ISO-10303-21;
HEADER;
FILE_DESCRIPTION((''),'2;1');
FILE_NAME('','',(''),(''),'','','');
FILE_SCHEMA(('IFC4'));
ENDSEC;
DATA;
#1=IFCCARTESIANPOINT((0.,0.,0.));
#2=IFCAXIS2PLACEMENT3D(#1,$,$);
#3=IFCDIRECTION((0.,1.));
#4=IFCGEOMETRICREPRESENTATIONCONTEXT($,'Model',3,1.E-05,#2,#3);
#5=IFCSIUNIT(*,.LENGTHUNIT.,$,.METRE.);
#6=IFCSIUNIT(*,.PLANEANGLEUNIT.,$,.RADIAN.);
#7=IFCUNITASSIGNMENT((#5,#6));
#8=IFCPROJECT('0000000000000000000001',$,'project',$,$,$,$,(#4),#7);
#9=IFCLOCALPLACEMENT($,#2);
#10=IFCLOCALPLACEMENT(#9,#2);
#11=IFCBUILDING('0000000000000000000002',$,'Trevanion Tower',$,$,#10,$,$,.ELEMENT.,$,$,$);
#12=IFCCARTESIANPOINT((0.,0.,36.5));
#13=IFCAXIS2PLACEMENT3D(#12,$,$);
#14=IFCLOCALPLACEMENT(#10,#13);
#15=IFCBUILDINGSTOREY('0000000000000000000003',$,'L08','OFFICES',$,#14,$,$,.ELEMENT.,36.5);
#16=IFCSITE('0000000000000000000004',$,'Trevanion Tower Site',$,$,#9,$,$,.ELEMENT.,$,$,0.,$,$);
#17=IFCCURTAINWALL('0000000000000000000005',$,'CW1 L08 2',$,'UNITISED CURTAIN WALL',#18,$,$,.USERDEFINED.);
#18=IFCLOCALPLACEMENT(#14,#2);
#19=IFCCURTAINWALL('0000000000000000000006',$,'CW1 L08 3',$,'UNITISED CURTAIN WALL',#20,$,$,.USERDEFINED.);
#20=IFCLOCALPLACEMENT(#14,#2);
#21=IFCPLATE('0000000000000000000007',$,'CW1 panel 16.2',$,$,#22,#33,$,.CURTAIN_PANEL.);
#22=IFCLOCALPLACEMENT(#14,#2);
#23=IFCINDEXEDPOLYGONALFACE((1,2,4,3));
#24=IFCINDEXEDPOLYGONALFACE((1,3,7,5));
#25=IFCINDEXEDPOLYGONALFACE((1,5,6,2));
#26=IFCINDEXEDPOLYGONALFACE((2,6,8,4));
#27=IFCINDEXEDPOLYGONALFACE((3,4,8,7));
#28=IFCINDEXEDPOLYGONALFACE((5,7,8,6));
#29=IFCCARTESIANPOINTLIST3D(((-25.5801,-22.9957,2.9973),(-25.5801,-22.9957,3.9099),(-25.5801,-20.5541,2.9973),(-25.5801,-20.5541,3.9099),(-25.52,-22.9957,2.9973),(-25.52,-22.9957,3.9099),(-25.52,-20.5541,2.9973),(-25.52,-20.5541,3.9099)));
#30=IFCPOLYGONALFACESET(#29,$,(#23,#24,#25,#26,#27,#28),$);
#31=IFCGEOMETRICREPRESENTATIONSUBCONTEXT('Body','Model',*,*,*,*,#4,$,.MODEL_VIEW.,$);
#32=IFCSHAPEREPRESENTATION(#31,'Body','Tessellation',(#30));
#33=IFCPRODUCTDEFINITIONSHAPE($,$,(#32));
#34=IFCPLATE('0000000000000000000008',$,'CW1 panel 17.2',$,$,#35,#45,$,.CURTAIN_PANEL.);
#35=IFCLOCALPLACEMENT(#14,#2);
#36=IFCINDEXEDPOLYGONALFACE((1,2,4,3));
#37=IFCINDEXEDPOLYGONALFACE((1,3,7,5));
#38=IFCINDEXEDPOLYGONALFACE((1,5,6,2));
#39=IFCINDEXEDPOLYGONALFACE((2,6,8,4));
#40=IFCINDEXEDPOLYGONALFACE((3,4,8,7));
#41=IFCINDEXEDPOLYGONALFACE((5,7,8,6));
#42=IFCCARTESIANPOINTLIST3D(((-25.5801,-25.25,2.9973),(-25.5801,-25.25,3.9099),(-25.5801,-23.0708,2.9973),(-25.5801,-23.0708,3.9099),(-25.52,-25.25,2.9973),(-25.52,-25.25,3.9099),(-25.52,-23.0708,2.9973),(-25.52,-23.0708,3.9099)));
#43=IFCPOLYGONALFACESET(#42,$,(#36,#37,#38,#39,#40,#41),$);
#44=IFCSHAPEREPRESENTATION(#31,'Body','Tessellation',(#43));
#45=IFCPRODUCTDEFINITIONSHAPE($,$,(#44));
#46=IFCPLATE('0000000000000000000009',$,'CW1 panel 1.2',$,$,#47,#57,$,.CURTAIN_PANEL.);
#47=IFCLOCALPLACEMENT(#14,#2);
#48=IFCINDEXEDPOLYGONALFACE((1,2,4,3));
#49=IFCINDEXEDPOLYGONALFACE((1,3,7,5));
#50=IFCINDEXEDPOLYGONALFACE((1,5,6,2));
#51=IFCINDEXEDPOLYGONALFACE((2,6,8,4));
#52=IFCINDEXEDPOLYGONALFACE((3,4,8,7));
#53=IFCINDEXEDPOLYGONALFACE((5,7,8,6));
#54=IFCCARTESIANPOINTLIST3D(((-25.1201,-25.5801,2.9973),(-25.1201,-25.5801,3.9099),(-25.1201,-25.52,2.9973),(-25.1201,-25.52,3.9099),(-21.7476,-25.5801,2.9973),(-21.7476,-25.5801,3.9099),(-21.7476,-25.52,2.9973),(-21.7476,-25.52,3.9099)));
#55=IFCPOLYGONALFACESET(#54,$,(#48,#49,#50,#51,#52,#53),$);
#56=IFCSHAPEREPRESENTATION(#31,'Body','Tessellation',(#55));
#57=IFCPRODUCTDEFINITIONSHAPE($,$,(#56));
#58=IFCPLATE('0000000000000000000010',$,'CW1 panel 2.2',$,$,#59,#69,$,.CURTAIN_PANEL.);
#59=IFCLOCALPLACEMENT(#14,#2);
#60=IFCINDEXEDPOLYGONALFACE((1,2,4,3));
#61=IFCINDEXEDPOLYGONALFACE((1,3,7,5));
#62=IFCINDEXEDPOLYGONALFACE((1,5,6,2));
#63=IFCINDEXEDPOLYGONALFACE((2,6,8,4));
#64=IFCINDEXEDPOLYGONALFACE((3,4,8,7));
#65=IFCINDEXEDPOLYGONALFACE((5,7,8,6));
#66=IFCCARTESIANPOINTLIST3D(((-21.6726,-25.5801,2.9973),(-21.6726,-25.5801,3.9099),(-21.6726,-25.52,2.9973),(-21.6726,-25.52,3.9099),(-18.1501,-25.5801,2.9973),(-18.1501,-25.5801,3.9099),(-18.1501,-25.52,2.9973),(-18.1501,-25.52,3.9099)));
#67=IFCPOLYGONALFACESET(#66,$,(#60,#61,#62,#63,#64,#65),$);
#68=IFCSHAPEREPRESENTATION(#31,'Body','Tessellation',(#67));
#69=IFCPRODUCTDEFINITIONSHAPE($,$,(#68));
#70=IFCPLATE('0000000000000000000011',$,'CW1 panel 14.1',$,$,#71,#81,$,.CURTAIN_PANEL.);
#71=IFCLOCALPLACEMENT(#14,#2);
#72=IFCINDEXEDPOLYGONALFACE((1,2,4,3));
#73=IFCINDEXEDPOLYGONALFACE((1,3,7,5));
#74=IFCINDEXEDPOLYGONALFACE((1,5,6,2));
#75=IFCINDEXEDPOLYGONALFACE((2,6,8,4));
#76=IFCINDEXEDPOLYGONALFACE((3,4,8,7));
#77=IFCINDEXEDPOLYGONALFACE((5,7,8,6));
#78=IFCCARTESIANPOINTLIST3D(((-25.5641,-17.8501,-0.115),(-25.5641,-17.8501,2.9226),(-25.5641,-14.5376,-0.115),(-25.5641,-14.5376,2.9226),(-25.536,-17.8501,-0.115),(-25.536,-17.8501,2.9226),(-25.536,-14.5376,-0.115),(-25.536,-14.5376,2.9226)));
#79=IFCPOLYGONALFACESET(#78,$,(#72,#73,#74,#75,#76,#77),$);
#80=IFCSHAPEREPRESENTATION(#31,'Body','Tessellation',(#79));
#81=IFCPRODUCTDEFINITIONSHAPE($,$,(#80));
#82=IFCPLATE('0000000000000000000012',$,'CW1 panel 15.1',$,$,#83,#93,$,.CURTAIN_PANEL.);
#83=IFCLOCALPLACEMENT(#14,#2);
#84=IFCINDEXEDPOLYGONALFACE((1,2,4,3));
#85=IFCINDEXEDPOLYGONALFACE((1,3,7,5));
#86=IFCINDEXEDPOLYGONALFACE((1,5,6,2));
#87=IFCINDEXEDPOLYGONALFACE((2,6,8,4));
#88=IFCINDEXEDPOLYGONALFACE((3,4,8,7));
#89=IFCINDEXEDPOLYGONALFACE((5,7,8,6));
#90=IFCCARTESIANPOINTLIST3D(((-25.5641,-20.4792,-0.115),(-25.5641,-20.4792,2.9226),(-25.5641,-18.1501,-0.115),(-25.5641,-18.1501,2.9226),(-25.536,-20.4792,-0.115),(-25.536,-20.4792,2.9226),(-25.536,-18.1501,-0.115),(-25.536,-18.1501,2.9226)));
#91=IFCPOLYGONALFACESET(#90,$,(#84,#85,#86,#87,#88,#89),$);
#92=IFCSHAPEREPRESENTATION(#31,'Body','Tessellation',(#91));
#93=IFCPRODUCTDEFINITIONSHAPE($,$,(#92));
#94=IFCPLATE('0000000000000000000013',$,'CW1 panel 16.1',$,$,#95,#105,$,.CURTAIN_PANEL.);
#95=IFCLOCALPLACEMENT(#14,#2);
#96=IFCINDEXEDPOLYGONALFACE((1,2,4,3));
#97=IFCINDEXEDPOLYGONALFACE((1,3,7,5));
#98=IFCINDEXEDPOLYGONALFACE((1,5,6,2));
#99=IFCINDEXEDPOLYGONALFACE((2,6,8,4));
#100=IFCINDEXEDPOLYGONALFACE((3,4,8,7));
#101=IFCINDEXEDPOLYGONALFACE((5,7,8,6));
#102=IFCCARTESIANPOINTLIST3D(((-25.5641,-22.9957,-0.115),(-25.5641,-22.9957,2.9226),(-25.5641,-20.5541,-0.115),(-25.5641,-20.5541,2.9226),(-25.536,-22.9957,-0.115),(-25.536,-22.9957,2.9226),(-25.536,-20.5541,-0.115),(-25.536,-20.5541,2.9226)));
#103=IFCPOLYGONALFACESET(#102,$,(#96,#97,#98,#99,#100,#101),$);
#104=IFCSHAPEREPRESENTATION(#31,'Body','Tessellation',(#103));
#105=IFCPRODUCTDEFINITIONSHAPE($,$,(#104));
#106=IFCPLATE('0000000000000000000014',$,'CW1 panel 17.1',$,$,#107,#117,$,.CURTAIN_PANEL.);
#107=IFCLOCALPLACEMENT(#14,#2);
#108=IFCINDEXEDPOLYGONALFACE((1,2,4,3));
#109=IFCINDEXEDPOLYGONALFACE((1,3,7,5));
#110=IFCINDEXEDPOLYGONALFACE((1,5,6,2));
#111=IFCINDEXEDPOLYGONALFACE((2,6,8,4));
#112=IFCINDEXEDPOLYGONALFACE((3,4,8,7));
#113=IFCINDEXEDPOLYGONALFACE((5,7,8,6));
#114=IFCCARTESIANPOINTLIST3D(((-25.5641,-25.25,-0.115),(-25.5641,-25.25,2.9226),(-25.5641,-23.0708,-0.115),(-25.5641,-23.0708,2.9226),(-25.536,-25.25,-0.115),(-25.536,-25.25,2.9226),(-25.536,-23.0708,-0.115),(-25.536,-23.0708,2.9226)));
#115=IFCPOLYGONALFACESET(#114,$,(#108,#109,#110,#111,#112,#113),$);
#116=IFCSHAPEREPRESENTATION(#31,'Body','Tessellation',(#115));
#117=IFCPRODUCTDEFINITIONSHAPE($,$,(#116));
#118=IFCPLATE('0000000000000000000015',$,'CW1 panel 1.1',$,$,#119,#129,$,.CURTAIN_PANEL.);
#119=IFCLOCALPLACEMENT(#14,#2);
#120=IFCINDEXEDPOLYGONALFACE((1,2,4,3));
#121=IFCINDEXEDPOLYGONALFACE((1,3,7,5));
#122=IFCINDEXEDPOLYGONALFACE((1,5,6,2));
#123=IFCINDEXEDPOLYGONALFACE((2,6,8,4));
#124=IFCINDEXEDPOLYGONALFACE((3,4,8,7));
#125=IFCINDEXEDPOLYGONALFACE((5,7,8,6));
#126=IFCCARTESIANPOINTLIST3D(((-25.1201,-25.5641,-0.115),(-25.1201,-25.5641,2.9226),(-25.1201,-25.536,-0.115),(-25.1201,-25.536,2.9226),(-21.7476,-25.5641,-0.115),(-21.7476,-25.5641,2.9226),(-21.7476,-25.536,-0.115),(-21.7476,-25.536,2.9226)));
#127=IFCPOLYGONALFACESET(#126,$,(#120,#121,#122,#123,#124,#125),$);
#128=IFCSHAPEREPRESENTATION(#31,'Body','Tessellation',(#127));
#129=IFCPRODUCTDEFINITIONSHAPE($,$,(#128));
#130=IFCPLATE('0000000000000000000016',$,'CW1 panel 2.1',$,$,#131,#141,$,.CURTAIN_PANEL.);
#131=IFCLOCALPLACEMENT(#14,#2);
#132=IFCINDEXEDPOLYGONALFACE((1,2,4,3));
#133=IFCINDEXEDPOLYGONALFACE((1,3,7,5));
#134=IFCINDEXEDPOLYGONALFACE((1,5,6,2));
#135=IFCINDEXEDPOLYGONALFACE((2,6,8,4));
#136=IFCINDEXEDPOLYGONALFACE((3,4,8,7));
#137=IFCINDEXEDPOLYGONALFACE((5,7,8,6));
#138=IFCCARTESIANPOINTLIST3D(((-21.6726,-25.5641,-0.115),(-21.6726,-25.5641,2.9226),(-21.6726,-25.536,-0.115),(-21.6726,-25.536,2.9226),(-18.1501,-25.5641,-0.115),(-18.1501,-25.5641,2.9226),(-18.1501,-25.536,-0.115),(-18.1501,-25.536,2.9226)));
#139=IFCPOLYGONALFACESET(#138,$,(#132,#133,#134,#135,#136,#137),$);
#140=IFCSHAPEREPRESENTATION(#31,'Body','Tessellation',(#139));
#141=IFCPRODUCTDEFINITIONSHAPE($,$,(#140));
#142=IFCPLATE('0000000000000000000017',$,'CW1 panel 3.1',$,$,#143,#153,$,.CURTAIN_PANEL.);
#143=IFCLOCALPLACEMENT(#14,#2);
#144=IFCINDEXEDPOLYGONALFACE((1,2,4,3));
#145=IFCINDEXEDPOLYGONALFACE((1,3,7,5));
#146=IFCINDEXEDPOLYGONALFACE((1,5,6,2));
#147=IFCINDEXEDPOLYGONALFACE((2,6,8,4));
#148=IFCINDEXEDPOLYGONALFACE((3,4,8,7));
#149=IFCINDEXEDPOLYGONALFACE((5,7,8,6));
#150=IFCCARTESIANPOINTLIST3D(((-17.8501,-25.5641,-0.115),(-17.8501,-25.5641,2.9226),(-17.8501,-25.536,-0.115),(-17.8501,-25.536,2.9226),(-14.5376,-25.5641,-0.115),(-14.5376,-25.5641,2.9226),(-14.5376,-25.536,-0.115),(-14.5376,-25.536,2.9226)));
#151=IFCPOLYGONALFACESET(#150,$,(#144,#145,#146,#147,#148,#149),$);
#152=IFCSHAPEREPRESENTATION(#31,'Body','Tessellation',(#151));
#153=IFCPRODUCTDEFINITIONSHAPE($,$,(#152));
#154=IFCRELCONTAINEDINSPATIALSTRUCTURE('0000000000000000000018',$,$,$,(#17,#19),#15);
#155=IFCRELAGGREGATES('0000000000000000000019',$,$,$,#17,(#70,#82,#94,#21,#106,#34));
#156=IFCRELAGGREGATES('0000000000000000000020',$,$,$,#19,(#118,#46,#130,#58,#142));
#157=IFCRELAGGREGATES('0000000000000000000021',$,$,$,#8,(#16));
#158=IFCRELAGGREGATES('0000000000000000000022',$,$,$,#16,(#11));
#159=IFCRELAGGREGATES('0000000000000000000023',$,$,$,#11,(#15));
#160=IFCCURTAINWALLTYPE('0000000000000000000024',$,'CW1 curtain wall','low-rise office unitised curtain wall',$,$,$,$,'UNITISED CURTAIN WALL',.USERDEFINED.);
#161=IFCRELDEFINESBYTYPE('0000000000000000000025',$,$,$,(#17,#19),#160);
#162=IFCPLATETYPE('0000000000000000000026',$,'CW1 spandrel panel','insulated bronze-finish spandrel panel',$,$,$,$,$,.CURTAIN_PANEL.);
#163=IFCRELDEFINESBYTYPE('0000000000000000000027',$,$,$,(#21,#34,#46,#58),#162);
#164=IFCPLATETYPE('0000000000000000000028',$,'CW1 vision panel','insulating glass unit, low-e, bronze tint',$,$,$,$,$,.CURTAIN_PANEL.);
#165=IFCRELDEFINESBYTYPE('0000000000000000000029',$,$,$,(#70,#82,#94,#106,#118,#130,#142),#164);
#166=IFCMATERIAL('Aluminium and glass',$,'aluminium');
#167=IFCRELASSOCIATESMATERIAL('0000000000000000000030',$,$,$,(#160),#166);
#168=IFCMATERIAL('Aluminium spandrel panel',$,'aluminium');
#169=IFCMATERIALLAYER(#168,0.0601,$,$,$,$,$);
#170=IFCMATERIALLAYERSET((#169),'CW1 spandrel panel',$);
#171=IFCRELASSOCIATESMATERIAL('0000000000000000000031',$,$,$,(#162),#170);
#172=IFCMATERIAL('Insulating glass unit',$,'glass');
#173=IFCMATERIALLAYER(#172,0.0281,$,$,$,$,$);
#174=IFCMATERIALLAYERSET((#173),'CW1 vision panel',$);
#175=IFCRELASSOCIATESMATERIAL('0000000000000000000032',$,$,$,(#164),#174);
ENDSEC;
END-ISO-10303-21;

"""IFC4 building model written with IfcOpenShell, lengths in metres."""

from ifc_helpers import new_model, si_unit, direction, frame, origin, origin_2d, place, context, subcontext, project, spatial, rectangle, extrude, material, layer, layer_set, type_object, element, aggregate, save


model = new_model("IFC4")

# Units and contexts
model_context = context("Model", 3, precision=1e-05, world=origin(), true_north=direction((0.0, 1.0)))
body_context = subcontext(model_context, "Body", "Model", "MODEL_VIEW")
ifc_project = project(units=[si_unit("LENGTHUNIT", "METRE"), si_unit("PLANEANGLEUNIT", "RADIAN")], contexts=[model_context])

# Site, building, storey
site_placement = place(None, origin())
site = spatial("IfcSite", under=ifc_project, at=site_placement, Name="Trevanion Tower Site", CompositionType="ELEMENT", RefElevation=0.0)
building_placement = place(site_placement, origin())
building = spatial("IfcBuilding", under=site, at=building_placement, Name="Trevanion Tower", CompositionType="ELEMENT")
storey_placement = place(building_placement, frame((0.0, 0.0, 36.5)))
storey = spatial("IfcBuildingStorey", under=building, at=storey_placement, Name="L08", Description="OFFICES", CompositionType="ELEMENT", Elevation=36.5)

# Curtain wall
ifc_material_1 = material(Name="Aluminium and glass", Category="aluminium")
curtain_wall_type = type_object("IfcCurtainWallType", Name="CW1 curtain wall", Description="low-rise office unitised curtain wall", ElementType="UNITISED CURTAIN WALL", PredefinedType="USERDEFINED", material=ifc_material_1)
curtain_wall_1_placement = place(storey_placement, origin())
curtain_wall_1 = element("IfcCurtainWall", 1, at=curtain_wall_1_placement, inside=storey, type_object=curtain_wall_type, Name="CW1 L08 2", ObjectType="UNITISED CURTAIN WALL", PredefinedType="USERDEFINED")

# Curtain wall
curtain_wall_2_placement = place(storey_placement, origin())
curtain_wall_2 = element("IfcCurtainWall", 2, at=curtain_wall_2_placement, inside=storey, type_object=curtain_wall_type, Name="CW1 L08 3", ObjectType="UNITISED CURTAIN WALL", PredefinedType="USERDEFINED")

# Plates
ifc_material_2 = material(Name="Aluminium spandrel panel", Category="aluminium")
ifc_layer_1 = layer(ifc_material_2, 0.0601)
ifc_layer_set_1 = layer_set([ifc_layer_1], Name="CW1 spandrel panel")
plate_type_1 = type_object("IfcPlateType", Name="CW1 spandrel panel", Description="insulated bronze-finish spandrel panel", PredefinedType="CURTAIN_PANEL", material=ifc_layer_set_1)
plate_1_placement = place(storey_placement, frame((-25.55, -21.7749, 2.9973), z_axis=(0.0, 0.0, 1.0), x_axis=(0.0, -1.0, 0.0)))
plate_1 = element("IfcPlate", 3, at=plate_1_placement, type_object=plate_type_1, Name="CW1 panel 16.2", PredefinedType="CURTAIN_PANEL", context=body_context, shape_type="SweptSolid", body=[
    extrude(rectangle(XDim=2.4417, YDim=0.0601, at=origin_2d()), origin(), (0.0, 0.0, 1.0), 0.9126),
])
plate_2_placement = place(storey_placement, frame((-25.55, -24.1604, 2.9973), z_axis=(0.0, 0.0, 1.0), x_axis=(0.0, -1.0, 0.0)))
plate_2 = element("IfcPlate", 4, at=plate_2_placement, type_object=plate_type_1, Name="CW1 panel 17.2", PredefinedType="CURTAIN_PANEL", context=body_context, shape_type="SweptSolid", body=[
    extrude(rectangle(XDim=2.1792, YDim=0.0601, at=origin_2d()), origin(), (0.0, 0.0, 1.0), 0.9126),
])
plate_3_placement = place(storey_placement, frame((-23.4338, -25.55, 2.9973), z_axis=(0.0, 0.0, 1.0), x_axis=(1.0, 0.0, 0.0)))
plate_3 = element("IfcPlate", 5, at=plate_3_placement, type_object=plate_type_1, Name="CW1 panel 1.2", PredefinedType="CURTAIN_PANEL", context=body_context, shape_type="SweptSolid", body=[
    extrude(rectangle(XDim=3.3726, YDim=0.0601, at=origin_2d()), origin(), (0.0, 0.0, 1.0), 0.9126),
])
plate_4_placement = place(storey_placement, frame((-19.9114, -25.55, 2.9973), z_axis=(0.0, 0.0, 1.0), x_axis=(1.0, 0.0, 0.0)))
plate_4 = element("IfcPlate", 6, at=plate_4_placement, type_object=plate_type_1, Name="CW1 panel 2.2", PredefinedType="CURTAIN_PANEL", context=body_context, shape_type="SweptSolid", body=[
    extrude(rectangle(XDim=3.5225, YDim=0.0601, at=origin_2d()), origin(), (0.0, 0.0, 1.0), 0.9126),
])
ifc_material_3 = material(Name="Insulating glass unit", Category="glass")
ifc_layer_2 = layer(ifc_material_3, 0.0281)
ifc_layer_set_2 = layer_set([ifc_layer_2], Name="CW1 vision panel")
plate_type_2 = type_object("IfcPlateType", Name="CW1 vision panel", Description="insulating glass unit, low-e, bronze tint", PredefinedType="CURTAIN_PANEL", material=ifc_layer_set_2)
plate_5_placement = place(storey_placement, frame((-25.55, -16.1938, -0.115), z_axis=(0.0, 0.0, 1.0), x_axis=(0.0, -1.0, 0.0)))
plate_5 = element("IfcPlate", 7, at=plate_5_placement, type_object=plate_type_2, Name="CW1 panel 14.1", PredefinedType="CURTAIN_PANEL", context=body_context, shape_type="SweptSolid", body=[
    extrude(rectangle(XDim=3.3125, YDim=0.0281, at=origin_2d()), origin(), (0.0, 0.0, 1.0), 3.0376),
])
plate_6_placement = place(storey_placement, frame((-25.55, -19.3147, -0.115), z_axis=(0.0, 0.0, 1.0), x_axis=(0.0, -1.0, 0.0)))
plate_6 = element("IfcPlate", 8, at=plate_6_placement, type_object=plate_type_2, Name="CW1 panel 15.1", PredefinedType="CURTAIN_PANEL", context=body_context, shape_type="SweptSolid", body=[
    extrude(rectangle(XDim=2.3291, YDim=0.0281, at=origin_2d()), origin(), (0.0, 0.0, 1.0), 3.0376),
])
plate_7_placement = place(storey_placement, frame((-25.55, -21.7749, -0.115), z_axis=(0.0, 0.0, 1.0), x_axis=(0.0, -1.0, 0.0)))
plate_7 = element("IfcPlate", 9, at=plate_7_placement, type_object=plate_type_2, Name="CW1 panel 16.1", PredefinedType="CURTAIN_PANEL", context=body_context, shape_type="SweptSolid", body=[
    extrude(rectangle(XDim=2.4417, YDim=0.0281, at=origin_2d()), origin(), (0.0, 0.0, 1.0), 3.0376),
])
plate_8_placement = place(storey_placement, frame((-25.55, -24.1604, -0.115), z_axis=(0.0, 0.0, 1.0), x_axis=(0.0, -1.0, 0.0)))
plate_8 = element("IfcPlate", 10, at=plate_8_placement, type_object=plate_type_2, Name="CW1 panel 17.1", PredefinedType="CURTAIN_PANEL", context=body_context, shape_type="SweptSolid", body=[
    extrude(rectangle(XDim=2.1792, YDim=0.0281, at=origin_2d()), origin(), (0.0, 0.0, 1.0), 3.0376),
])
aggregate(curtain_wall_1, [plate_5, plate_6, plate_7, plate_1, plate_8, plate_2])
plate_9_placement = place(storey_placement, frame((-23.4338, -25.55, -0.115), z_axis=(0.0, 0.0, 1.0), x_axis=(1.0, 0.0, 0.0)))
plate_9 = element("IfcPlate", 11, at=plate_9_placement, type_object=plate_type_2, Name="CW1 panel 1.1", PredefinedType="CURTAIN_PANEL", context=body_context, shape_type="SweptSolid", body=[
    extrude(rectangle(XDim=3.3726, YDim=0.0281, at=origin_2d()), origin(), (0.0, 0.0, 1.0), 3.0376),
])
plate_10_placement = place(storey_placement, frame((-19.9114, -25.55, -0.115), z_axis=(0.0, 0.0, 1.0), x_axis=(1.0, 0.0, 0.0)))
plate_10 = element("IfcPlate", 12, at=plate_10_placement, type_object=plate_type_2, Name="CW1 panel 2.1", PredefinedType="CURTAIN_PANEL", context=body_context, shape_type="SweptSolid", body=[
    extrude(rectangle(XDim=3.5225, YDim=0.0281, at=origin_2d()), origin(), (0.0, 0.0, 1.0), 3.0376),
])
plate_11_placement = place(storey_placement, frame((-16.1938, -25.55, -0.115), z_axis=(0.0, 0.0, 1.0), x_axis=(1.0, 0.0, 0.0)))
plate_11 = element("IfcPlate", 13, at=plate_11_placement, type_object=plate_type_2, Name="CW1 panel 3.1", PredefinedType="CURTAIN_PANEL", context=body_context, shape_type="SweptSolid", body=[
    extrude(rectangle(XDim=3.3125, YDim=0.0281, at=origin_2d()), origin(), (0.0, 0.0, 1.0), 3.0376),
])
aggregate(curtain_wall_2, [plate_9, plate_3, plate_10, plate_4, plate_11])

save(model, "model.ifc")
